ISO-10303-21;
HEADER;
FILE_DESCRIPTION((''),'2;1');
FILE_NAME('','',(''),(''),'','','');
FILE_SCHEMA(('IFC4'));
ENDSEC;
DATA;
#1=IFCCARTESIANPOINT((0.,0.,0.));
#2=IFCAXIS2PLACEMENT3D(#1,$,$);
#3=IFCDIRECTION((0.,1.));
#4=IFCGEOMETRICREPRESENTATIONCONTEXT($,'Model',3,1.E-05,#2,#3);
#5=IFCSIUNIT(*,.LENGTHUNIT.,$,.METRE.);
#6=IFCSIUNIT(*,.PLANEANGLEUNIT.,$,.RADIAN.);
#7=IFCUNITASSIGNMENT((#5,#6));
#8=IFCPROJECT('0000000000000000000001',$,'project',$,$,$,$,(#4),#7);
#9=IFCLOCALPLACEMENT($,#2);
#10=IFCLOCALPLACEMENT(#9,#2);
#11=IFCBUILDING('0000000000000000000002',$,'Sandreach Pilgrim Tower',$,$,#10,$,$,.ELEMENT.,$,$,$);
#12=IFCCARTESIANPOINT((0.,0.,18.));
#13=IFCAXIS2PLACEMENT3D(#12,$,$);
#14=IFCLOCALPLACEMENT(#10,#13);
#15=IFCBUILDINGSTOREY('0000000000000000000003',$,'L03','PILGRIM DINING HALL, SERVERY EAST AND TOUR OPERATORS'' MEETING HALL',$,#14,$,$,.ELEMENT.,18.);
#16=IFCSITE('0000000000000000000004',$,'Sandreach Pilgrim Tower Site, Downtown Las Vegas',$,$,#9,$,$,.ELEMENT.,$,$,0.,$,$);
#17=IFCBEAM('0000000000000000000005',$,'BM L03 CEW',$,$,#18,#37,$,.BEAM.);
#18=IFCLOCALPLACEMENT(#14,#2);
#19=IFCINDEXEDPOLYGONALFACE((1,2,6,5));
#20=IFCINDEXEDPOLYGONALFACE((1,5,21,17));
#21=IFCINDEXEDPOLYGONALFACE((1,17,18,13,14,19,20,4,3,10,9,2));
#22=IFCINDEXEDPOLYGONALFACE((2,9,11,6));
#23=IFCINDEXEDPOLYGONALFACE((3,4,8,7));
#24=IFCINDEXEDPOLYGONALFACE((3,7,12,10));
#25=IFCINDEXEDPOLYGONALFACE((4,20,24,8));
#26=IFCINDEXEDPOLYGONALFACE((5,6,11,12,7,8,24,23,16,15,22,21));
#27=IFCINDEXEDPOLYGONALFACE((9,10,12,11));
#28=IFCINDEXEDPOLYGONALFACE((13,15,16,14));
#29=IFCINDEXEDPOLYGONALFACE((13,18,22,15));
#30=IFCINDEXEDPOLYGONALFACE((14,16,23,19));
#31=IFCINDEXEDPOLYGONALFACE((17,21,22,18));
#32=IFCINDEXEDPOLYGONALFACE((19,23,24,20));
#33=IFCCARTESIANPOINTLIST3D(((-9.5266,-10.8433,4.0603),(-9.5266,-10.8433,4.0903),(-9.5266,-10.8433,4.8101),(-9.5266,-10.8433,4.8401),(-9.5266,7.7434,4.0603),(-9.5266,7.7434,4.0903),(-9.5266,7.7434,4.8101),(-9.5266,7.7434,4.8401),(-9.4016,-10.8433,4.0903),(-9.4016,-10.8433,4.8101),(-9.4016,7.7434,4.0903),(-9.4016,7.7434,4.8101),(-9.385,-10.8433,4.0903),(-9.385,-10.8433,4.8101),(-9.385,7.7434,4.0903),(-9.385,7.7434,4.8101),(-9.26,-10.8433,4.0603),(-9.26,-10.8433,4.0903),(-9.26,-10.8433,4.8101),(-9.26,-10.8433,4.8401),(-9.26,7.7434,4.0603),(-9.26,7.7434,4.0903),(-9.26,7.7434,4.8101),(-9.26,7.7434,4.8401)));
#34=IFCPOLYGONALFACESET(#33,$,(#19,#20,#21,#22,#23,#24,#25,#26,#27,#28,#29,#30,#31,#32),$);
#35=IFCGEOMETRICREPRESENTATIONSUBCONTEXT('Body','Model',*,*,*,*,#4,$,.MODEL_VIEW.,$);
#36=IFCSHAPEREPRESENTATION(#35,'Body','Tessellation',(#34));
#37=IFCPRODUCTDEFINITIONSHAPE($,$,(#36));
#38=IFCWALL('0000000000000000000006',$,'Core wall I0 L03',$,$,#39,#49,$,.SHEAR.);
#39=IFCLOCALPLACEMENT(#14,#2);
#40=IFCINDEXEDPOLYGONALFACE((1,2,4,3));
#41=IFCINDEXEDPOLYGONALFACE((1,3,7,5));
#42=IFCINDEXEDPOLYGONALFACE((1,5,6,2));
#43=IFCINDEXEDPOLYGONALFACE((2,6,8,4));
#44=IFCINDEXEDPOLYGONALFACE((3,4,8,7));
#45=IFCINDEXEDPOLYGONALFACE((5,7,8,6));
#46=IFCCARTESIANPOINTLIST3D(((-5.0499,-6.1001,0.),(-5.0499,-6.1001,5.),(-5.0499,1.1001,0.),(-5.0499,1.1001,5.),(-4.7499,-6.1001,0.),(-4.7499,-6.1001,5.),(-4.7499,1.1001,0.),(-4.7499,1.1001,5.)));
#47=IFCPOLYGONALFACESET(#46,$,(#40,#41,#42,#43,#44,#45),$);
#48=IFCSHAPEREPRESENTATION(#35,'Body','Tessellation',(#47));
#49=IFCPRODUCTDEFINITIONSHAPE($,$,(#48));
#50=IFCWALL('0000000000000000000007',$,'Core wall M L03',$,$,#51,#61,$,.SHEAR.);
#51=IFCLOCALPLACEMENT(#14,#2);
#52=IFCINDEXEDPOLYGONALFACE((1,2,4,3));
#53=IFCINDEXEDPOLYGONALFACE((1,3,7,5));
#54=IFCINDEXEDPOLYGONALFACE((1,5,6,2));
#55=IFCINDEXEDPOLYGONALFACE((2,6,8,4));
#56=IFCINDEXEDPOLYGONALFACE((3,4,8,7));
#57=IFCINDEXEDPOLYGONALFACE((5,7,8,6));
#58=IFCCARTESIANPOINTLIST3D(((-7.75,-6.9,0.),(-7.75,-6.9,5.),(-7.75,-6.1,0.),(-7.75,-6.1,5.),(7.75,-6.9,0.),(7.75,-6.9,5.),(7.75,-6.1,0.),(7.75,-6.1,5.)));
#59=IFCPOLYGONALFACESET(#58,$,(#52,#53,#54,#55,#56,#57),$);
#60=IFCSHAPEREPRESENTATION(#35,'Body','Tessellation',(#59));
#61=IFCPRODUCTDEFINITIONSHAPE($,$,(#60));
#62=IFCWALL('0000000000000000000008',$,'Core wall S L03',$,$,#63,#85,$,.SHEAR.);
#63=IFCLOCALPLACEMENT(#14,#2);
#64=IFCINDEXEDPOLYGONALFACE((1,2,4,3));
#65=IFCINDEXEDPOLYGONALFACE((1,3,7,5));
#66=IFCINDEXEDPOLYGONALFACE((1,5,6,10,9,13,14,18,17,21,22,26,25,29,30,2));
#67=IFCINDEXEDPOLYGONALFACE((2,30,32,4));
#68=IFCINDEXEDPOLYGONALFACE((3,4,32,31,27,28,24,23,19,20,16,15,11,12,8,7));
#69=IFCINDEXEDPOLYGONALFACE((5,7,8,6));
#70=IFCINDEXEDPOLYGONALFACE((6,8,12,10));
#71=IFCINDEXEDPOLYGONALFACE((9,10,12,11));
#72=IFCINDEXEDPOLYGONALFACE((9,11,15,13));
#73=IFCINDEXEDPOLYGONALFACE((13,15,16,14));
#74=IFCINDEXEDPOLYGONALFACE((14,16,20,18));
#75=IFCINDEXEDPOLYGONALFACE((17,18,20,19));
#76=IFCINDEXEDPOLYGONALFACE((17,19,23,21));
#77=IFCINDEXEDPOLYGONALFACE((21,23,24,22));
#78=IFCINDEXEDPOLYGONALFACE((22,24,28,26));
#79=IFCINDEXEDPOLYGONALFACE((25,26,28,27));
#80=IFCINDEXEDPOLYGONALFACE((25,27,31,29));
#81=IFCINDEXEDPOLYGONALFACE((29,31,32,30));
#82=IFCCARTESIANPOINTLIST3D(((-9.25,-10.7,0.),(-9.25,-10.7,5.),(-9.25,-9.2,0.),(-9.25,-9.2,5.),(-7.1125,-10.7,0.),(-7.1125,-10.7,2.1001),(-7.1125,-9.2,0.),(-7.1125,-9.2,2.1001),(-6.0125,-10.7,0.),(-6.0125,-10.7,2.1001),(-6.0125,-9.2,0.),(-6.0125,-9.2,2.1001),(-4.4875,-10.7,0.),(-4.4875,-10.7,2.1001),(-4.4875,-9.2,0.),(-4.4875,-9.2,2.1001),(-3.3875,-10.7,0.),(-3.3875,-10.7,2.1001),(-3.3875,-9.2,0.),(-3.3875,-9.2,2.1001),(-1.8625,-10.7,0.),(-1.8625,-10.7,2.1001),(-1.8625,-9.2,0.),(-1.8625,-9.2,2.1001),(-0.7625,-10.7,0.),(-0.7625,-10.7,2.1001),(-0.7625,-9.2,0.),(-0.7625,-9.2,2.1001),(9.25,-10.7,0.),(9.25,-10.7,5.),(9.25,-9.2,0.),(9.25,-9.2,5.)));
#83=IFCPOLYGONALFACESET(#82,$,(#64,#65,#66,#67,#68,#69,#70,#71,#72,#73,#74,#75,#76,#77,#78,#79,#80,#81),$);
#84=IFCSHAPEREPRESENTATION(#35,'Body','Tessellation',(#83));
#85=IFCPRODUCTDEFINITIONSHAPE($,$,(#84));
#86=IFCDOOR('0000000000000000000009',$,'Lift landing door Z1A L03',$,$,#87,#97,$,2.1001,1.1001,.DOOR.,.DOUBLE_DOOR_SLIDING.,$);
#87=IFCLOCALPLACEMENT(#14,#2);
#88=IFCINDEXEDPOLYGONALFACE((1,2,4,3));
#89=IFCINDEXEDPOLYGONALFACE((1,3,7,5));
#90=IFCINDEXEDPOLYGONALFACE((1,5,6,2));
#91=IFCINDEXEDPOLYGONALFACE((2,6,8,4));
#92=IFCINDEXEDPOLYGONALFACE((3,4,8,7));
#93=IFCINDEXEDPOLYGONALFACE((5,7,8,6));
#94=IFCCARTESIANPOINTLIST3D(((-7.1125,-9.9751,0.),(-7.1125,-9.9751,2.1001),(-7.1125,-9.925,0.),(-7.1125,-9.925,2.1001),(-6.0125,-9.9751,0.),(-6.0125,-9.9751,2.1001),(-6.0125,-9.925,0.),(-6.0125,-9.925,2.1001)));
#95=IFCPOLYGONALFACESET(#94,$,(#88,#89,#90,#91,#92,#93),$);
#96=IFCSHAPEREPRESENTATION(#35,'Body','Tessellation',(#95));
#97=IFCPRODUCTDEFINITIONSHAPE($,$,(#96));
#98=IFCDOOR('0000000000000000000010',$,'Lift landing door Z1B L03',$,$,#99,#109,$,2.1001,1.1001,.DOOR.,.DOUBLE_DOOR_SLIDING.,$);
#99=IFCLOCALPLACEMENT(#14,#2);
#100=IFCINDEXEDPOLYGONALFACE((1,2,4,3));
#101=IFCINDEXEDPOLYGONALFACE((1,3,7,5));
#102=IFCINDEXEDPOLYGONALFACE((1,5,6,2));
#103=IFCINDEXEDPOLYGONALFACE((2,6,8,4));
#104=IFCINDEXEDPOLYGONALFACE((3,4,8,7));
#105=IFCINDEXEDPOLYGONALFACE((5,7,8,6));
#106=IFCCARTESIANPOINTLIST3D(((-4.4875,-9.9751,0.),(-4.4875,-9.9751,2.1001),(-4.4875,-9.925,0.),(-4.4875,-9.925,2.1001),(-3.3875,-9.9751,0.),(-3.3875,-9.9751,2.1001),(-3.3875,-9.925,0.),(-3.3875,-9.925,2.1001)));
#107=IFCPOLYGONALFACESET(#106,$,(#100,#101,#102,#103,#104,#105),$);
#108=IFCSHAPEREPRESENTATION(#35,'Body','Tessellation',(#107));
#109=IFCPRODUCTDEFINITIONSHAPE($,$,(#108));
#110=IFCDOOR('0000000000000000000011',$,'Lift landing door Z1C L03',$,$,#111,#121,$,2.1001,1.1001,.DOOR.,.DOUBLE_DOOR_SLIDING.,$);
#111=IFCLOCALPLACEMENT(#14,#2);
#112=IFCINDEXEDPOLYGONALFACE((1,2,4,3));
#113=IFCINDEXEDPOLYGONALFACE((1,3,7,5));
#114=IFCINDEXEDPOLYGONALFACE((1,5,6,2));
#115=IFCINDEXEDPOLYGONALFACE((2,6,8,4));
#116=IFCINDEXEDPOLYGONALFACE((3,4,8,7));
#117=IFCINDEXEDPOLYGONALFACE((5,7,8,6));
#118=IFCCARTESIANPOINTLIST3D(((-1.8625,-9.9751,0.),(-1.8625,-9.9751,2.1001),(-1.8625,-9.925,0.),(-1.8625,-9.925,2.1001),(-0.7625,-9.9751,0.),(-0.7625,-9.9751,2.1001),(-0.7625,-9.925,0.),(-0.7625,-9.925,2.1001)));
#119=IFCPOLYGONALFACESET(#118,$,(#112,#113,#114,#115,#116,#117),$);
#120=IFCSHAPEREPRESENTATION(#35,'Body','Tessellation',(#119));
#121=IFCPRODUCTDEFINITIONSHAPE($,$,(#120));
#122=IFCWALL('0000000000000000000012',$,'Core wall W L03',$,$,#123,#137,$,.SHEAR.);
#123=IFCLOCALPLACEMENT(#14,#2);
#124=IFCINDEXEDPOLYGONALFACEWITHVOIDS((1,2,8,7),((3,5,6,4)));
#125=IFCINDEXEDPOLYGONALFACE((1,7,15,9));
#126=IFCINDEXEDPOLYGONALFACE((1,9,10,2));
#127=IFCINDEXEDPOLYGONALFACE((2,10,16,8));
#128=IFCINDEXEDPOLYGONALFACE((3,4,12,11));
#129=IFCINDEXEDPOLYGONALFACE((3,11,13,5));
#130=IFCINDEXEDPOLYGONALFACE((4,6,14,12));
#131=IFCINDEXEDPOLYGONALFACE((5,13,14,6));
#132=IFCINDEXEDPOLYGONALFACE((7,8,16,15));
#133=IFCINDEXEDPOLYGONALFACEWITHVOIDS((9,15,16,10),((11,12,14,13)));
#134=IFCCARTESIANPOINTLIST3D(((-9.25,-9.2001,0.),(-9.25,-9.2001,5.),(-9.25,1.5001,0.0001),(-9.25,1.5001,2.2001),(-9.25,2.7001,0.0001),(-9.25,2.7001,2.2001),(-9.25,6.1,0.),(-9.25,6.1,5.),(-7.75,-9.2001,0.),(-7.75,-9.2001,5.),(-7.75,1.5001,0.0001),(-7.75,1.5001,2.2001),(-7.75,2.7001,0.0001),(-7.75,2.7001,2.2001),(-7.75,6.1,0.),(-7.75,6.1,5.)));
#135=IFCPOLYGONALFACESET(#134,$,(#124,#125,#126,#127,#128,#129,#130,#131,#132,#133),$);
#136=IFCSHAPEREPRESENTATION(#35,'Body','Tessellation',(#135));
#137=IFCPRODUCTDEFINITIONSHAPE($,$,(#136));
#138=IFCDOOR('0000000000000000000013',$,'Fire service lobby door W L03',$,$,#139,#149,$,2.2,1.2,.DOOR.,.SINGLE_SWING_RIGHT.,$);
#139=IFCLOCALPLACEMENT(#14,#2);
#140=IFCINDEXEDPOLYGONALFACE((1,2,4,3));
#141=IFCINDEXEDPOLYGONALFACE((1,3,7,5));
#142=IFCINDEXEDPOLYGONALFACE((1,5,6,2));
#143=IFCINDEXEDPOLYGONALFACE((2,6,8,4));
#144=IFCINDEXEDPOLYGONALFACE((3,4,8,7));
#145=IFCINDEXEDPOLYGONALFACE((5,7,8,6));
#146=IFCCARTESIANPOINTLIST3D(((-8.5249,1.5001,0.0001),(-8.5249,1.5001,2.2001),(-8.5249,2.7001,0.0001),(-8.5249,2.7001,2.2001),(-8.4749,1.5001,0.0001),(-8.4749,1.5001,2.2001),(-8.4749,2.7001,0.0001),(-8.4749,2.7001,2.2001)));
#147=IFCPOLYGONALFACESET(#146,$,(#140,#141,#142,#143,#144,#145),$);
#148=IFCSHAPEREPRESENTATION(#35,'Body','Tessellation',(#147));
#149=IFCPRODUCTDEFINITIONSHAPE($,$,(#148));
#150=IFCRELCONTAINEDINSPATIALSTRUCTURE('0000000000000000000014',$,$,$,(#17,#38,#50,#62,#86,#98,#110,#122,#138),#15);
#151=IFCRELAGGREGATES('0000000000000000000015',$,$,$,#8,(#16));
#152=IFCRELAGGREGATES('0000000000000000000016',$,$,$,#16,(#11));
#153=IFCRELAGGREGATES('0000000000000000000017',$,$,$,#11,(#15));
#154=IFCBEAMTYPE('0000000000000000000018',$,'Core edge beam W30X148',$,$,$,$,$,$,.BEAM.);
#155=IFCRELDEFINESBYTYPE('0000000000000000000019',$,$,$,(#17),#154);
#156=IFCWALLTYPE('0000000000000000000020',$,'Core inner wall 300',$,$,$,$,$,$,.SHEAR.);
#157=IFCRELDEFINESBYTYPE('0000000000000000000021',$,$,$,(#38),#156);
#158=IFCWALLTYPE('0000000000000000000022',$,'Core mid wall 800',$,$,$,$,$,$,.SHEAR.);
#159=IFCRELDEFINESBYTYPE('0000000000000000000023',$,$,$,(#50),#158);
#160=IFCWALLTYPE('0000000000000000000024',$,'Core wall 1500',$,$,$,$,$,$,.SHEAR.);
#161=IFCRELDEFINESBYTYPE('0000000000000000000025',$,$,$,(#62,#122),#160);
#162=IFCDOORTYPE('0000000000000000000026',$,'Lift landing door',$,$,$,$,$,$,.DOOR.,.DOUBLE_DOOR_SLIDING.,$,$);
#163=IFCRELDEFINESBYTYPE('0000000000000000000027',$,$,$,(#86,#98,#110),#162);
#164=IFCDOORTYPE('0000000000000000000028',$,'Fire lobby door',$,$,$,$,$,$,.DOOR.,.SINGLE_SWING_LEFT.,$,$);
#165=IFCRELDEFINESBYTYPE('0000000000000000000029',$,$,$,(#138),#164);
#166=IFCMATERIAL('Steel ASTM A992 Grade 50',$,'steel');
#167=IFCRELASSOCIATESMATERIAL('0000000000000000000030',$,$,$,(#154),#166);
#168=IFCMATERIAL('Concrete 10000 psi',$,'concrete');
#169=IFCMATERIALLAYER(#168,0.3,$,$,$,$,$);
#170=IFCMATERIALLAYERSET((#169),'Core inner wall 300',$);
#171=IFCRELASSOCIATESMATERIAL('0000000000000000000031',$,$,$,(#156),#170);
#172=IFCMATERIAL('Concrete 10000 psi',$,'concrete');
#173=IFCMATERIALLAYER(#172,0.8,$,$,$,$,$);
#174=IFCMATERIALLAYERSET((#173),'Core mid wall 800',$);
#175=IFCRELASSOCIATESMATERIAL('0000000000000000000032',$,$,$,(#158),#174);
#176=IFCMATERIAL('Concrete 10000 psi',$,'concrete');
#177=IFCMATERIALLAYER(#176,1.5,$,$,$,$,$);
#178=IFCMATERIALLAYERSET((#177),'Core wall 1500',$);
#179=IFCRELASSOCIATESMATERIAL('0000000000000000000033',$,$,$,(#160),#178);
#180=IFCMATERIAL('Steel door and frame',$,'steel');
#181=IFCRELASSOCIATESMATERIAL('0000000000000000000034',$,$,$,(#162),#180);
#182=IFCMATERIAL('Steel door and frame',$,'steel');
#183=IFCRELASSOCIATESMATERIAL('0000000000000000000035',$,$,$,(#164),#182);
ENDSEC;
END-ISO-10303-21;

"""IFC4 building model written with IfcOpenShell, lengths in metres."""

from ifc_helpers import new_model, si_unit, direction, frame, frame_2d, origin, origin_2d, place, context, subcontext, project, spatial, rectangle, i_section, extrude, material, layer, layer_set, material_profile, profile_set, type_object, element, fill, save


model = new_model("IFC4")

# Units and contexts
model_context = context("Model", 3, precision=1e-05, world=origin(), true_north=direction((0.0, 1.0)))
body_context = subcontext(model_context, "Body", "Model", "MODEL_VIEW")
ifc_project = project(units=[si_unit("LENGTHUNIT", "METRE"), si_unit("PLANEANGLEUNIT", "RADIAN")], contexts=[model_context])

# Site, building, storey
site_placement = place(None, origin())
site = spatial("IfcSite", under=ifc_project, at=site_placement, Name="Sandreach Pilgrim Tower Site, Downtown Las Vegas", CompositionType="ELEMENT", RefElevation=0.0)
building_placement = place(site_placement, origin())
building = spatial("IfcBuilding", under=site, at=building_placement, Name="Sandreach Pilgrim Tower", CompositionType="ELEMENT")
storey_placement = place(building_placement, frame((0.0, 0.0, 18.0)))
storey = spatial("IfcBuildingStorey", under=building, at=storey_placement, Name="L03", Description="PILGRIM DINING HALL, SERVERY EAST AND TOUR OPERATORS' MEETING HALL", CompositionType="ELEMENT", Elevation=18.0)

# Beam
ifc_material_1 = material(Name="Steel ASTM A992 Grade 50", Category="steel")
ifc_material_profile = material_profile(ifc_material_1, i_section(OverallWidth=0.2666, OverallDepth=0.7798, WebThickness=0.0166, FlangeThickness=0.03, at=origin_2d()), Name="W30X148")
ifc_profile_set = profile_set([ifc_material_profile], Name="Steel ASTM A992 Grade 50")
beam_type = type_object("IfcBeamType", Name="Core edge beam W30X148", PredefinedType="BEAM", material=ifc_profile_set)
beam_placement = place(storey_placement, frame((-9.3933, -10.8433, 4.4502), z_axis=(0.0, 1.0, 0.0), x_axis=(-1.0, 0.0, 0.0)))
element("IfcBeam", 1, at=beam_placement, inside=storey, type_object=beam_type, Name="BM L03 CEW", PredefinedType="BEAM", context=body_context, shape_type="SweptSolid", body=[
    extrude(i_section(OverallWidth=0.2666, OverallDepth=0.7798, WebThickness=0.0166, FlangeThickness=0.03, at=origin_2d()), origin(), (0.0, 0.0, 1.0), 18.5867),
])

# Wall
ifc_material_2 = material(Name="Concrete 10000 psi", Category="concrete")
ifc_layer_1 = layer(ifc_material_2, 0.3)
ifc_layer_set_1 = layer_set([ifc_layer_1], Name="Core inner wall 300")
wall_type_1 = type_object("IfcWallType", Name="Core inner wall 300", PredefinedType="SHEAR", material=ifc_layer_set_1)
wall_1_placement = place(storey_placement, frame((-4.8999, -6.1001, 0.0), z_axis=(0.0, 0.0, 1.0), x_axis=(0.0, 1.0, 0.0)))
element("IfcWall", 2, at=wall_1_placement, inside=storey, type_object=wall_type_1, Name="Core wall I0 L03", PredefinedType="SHEAR", context=body_context, shape_type="SweptSolid", body=[
    extrude(rectangle(XDim=7.2002, YDim=0.3, at=frame_2d((3.6001, 0.0))), origin(), (0.0, 0.0, 1.0), 5.0),
])

# Wall
ifc_material_3 = material(Name="Concrete 10000 psi", Category="concrete")
ifc_layer_2 = layer(ifc_material_3, 0.8)
ifc_layer_set_2 = layer_set([ifc_layer_2], Name="Core mid wall 800")
wall_type_2 = type_object("IfcWallType", Name="Core mid wall 800", PredefinedType="SHEAR", material=ifc_layer_set_2)
wall_2_placement = place(storey_placement, frame((-7.75, -6.5, 0.0), z_axis=(0.0, 0.0, 1.0), x_axis=(1.0, 0.0, 0.0)))
element("IfcWall", 3, at=wall_2_placement, inside=storey, type_object=wall_type_2, Name="Core wall M L03", PredefinedType="SHEAR", context=body_context, shape_type="SweptSolid", body=[
    extrude(rectangle(XDim=15.5, YDim=0.8, at=frame_2d((7.75, 0.0))), origin(), (0.0, 0.0, 1.0), 5.0),
])

# Wall, openings, doors
ifc_material_4 = material(Name="Concrete 10000 psi", Category="concrete")
ifc_layer_3 = layer(ifc_material_4, 1.5)
ifc_layer_set_3 = layer_set([ifc_layer_3], Name="Core wall 1500")
wall_type_3 = type_object("IfcWallType", Name="Core wall 1500", PredefinedType="SHEAR", material=ifc_layer_set_3)
wall_3_placement = place(storey_placement, frame((-9.25, -9.95, 0.0), z_axis=(0.0, 0.0, 1.0), x_axis=(1.0, 0.0, 0.0)))
wall_3 = element("IfcWall", 4, at=wall_3_placement, inside=storey, type_object=wall_type_3, Name="Core wall S L03", PredefinedType="SHEAR", context=body_context, shape_type="SweptSolid", body=[
    extrude(rectangle(XDim=18.5, YDim=1.5, at=frame_2d((9.25, 0.0))), origin(), (0.0, 0.0, 1.0), 5.0),
])
opening_1_placement = place(wall_3_placement, frame((2.1375, 0.0, 0.0)))
opening_1 = element("IfcOpeningElement", 5, at=opening_1_placement, cuts=wall_3, PredefinedType="OPENING", context=body_context, shape_type="SweptSolid", body=[
    extrude(rectangle(XDim=1.1001, YDim=2.1001, at=frame_2d((0.55, 1.05))), frame((0.0, 0.75, 0.0), z_axis=(0.0, -1.0, 0.0), x_axis=(1.0, 0.0, 0.0)), (0.0, 0.0, 1.0), 1.5),
])
opening_2_placement = place(wall_3_placement, frame((4.7625, 0.0, 0.0)))
opening_2 = element("IfcOpeningElement", 6, at=opening_2_placement, cuts=wall_3, PredefinedType="OPENING", context=body_context, shape_type="SweptSolid", body=[
    extrude(rectangle(XDim=1.1001, YDim=2.1001, at=frame_2d((0.55, 1.05))), frame((0.0, 0.75, 0.0), z_axis=(0.0, -1.0, 0.0), x_axis=(1.0, 0.0, 0.0)), (0.0, 0.0, 1.0), 1.5),
])
opening_3_placement = place(wall_3_placement, frame((7.3875, 0.0, 0.0)))
opening_3 = element("IfcOpeningElement", 7, at=opening_3_placement, cuts=wall_3, PredefinedType="OPENING", context=body_context, shape_type="SweptSolid", body=[
    extrude(rectangle(XDim=1.1001, YDim=2.1001, at=frame_2d((0.55, 1.05))), frame((0.0, 0.75, 0.0), z_axis=(0.0, -1.0, 0.0), x_axis=(1.0, 0.0, 0.0)), (0.0, 0.0, 1.0), 1.5),
])
ifc_material_5 = material(Name="Steel door and frame", Category="steel")
door_type_1 = type_object("IfcDoorType", Name="Lift landing door", OperationType="DOUBLE_DOOR_SLIDING", PredefinedType="DOOR", material=ifc_material_5)
door_1_placement = place(opening_1_placement, origin())
door_1 = element("IfcDoor", 8, at=door_1_placement, inside=storey, type_object=door_type_1, Name="Lift landing door Z1A L03", OperationType="DOUBLE_DOOR_SLIDING", OverallHeight=2.1001, OverallWidth=1.1001, PredefinedType="DOOR", context=body_context, shape_type="SweptSolid", body=[
    extrude(rectangle(XDim=1.1001, YDim=2.1001, at=frame_2d((0.55, 1.05))), frame((0.0, 0.0249, 0.0), z_axis=(0.0, -1.0, 0.0), x_axis=(1.0, 0.0, 0.0)), (0.0, 0.0, 1.0), 0.05),
])
fill(opening_1, door_1)
door_2_placement = place(opening_2_placement, origin())
door_2 = element("IfcDoor", 9, at=door_2_placement, inside=storey, type_object=door_type_1, Name="Lift landing door Z1B L03", OperationType="DOUBLE_DOOR_SLIDING", OverallHeight=2.1001, OverallWidth=1.1001, PredefinedType="DOOR", context=body_context, shape_type="SweptSolid", body=[
    extrude(rectangle(XDim=1.1001, YDim=2.1001, at=frame_2d((0.55, 1.05))), frame((0.0, 0.0249, 0.0), z_axis=(0.0, -1.0, 0.0), x_axis=(1.0, 0.0, 0.0)), (0.0, 0.0, 1.0), 0.05),
])
fill(opening_2, door_2)
door_3_placement = place(opening_3_placement, origin())
door_3 = element("IfcDoor", 10, at=door_3_placement, inside=storey, type_object=door_type_1, Name="Lift landing door Z1C L03", OperationType="DOUBLE_DOOR_SLIDING", OverallHeight=2.1001, OverallWidth=1.1001, PredefinedType="DOOR", context=body_context, shape_type="SweptSolid", body=[
    extrude(rectangle(XDim=1.1001, YDim=2.1001, at=frame_2d((0.55, 1.05))), frame((0.0, 0.0249, 0.0), z_axis=(0.0, -1.0, 0.0), x_axis=(1.0, 0.0, 0.0)), (0.0, 0.0, 1.0), 0.05),
])
fill(opening_3, door_3)

# Wall, opening, door
wall_4_placement = place(storey_placement, frame((-8.5, -9.2, 0.0), z_axis=(0.0, 0.0, 1.0), x_axis=(0.0, 1.0, 0.0)))
wall_4 = element("IfcWall", 11, at=wall_4_placement, inside=storey, type_object=wall_type_3, Name="Core wall W L03", PredefinedType="SHEAR", context=body_context, shape_type="SweptSolid", body=[
    extrude(rectangle(XDim=15.3, YDim=1.5, at=frame_2d((7.6499, 0.0))), origin(), (0.0, 0.0, 1.0), 5.0),
])
opening_4_placement = place(wall_4_placement, frame((10.7, 0.0, 0.0)))
opening_4 = element("IfcOpeningElement", 12, at=opening_4_placement, cuts=wall_4, PredefinedType="OPENING", context=body_context, shape_type="SweptSolid", body=[
    extrude(rectangle(XDim=1.2, YDim=2.2, at=frame_2d((0.6001, 1.1001))), frame((0.0, 0.75, 0.0), z_axis=(0.0, -1.0, 0.0), x_axis=(1.0, 0.0, 0.0)), (0.0, 0.0, 1.0), 1.5),
])
ifc_material_6 = material(Name="Steel door and frame", Category="steel")
door_type_2 = type_object("IfcDoorType", Name="Fire lobby door", OperationType="SINGLE_SWING_LEFT", PredefinedType="DOOR", material=ifc_material_6)
door_4_placement = place(opening_4_placement, origin())
door_4 = element("IfcDoor", 13, at=door_4_placement, inside=storey, type_object=door_type_2, Name="Fire service lobby door W L03", OperationType="SINGLE_SWING_RIGHT", OverallHeight=2.2, OverallWidth=1.2, PredefinedType="DOOR", context=body_context, shape_type="SweptSolid", body=[
    extrude(rectangle(XDim=1.2, YDim=2.2, at=frame_2d((0.6001, 1.1001))), frame((0.0, 0.0249, 0.0), z_axis=(0.0, -1.0, 0.0), x_axis=(1.0, 0.0, 0.0)), (0.0, 0.0, 1.0), 0.05),
])
fill(opening_4, door_4)

save(model, "model.ifc")
